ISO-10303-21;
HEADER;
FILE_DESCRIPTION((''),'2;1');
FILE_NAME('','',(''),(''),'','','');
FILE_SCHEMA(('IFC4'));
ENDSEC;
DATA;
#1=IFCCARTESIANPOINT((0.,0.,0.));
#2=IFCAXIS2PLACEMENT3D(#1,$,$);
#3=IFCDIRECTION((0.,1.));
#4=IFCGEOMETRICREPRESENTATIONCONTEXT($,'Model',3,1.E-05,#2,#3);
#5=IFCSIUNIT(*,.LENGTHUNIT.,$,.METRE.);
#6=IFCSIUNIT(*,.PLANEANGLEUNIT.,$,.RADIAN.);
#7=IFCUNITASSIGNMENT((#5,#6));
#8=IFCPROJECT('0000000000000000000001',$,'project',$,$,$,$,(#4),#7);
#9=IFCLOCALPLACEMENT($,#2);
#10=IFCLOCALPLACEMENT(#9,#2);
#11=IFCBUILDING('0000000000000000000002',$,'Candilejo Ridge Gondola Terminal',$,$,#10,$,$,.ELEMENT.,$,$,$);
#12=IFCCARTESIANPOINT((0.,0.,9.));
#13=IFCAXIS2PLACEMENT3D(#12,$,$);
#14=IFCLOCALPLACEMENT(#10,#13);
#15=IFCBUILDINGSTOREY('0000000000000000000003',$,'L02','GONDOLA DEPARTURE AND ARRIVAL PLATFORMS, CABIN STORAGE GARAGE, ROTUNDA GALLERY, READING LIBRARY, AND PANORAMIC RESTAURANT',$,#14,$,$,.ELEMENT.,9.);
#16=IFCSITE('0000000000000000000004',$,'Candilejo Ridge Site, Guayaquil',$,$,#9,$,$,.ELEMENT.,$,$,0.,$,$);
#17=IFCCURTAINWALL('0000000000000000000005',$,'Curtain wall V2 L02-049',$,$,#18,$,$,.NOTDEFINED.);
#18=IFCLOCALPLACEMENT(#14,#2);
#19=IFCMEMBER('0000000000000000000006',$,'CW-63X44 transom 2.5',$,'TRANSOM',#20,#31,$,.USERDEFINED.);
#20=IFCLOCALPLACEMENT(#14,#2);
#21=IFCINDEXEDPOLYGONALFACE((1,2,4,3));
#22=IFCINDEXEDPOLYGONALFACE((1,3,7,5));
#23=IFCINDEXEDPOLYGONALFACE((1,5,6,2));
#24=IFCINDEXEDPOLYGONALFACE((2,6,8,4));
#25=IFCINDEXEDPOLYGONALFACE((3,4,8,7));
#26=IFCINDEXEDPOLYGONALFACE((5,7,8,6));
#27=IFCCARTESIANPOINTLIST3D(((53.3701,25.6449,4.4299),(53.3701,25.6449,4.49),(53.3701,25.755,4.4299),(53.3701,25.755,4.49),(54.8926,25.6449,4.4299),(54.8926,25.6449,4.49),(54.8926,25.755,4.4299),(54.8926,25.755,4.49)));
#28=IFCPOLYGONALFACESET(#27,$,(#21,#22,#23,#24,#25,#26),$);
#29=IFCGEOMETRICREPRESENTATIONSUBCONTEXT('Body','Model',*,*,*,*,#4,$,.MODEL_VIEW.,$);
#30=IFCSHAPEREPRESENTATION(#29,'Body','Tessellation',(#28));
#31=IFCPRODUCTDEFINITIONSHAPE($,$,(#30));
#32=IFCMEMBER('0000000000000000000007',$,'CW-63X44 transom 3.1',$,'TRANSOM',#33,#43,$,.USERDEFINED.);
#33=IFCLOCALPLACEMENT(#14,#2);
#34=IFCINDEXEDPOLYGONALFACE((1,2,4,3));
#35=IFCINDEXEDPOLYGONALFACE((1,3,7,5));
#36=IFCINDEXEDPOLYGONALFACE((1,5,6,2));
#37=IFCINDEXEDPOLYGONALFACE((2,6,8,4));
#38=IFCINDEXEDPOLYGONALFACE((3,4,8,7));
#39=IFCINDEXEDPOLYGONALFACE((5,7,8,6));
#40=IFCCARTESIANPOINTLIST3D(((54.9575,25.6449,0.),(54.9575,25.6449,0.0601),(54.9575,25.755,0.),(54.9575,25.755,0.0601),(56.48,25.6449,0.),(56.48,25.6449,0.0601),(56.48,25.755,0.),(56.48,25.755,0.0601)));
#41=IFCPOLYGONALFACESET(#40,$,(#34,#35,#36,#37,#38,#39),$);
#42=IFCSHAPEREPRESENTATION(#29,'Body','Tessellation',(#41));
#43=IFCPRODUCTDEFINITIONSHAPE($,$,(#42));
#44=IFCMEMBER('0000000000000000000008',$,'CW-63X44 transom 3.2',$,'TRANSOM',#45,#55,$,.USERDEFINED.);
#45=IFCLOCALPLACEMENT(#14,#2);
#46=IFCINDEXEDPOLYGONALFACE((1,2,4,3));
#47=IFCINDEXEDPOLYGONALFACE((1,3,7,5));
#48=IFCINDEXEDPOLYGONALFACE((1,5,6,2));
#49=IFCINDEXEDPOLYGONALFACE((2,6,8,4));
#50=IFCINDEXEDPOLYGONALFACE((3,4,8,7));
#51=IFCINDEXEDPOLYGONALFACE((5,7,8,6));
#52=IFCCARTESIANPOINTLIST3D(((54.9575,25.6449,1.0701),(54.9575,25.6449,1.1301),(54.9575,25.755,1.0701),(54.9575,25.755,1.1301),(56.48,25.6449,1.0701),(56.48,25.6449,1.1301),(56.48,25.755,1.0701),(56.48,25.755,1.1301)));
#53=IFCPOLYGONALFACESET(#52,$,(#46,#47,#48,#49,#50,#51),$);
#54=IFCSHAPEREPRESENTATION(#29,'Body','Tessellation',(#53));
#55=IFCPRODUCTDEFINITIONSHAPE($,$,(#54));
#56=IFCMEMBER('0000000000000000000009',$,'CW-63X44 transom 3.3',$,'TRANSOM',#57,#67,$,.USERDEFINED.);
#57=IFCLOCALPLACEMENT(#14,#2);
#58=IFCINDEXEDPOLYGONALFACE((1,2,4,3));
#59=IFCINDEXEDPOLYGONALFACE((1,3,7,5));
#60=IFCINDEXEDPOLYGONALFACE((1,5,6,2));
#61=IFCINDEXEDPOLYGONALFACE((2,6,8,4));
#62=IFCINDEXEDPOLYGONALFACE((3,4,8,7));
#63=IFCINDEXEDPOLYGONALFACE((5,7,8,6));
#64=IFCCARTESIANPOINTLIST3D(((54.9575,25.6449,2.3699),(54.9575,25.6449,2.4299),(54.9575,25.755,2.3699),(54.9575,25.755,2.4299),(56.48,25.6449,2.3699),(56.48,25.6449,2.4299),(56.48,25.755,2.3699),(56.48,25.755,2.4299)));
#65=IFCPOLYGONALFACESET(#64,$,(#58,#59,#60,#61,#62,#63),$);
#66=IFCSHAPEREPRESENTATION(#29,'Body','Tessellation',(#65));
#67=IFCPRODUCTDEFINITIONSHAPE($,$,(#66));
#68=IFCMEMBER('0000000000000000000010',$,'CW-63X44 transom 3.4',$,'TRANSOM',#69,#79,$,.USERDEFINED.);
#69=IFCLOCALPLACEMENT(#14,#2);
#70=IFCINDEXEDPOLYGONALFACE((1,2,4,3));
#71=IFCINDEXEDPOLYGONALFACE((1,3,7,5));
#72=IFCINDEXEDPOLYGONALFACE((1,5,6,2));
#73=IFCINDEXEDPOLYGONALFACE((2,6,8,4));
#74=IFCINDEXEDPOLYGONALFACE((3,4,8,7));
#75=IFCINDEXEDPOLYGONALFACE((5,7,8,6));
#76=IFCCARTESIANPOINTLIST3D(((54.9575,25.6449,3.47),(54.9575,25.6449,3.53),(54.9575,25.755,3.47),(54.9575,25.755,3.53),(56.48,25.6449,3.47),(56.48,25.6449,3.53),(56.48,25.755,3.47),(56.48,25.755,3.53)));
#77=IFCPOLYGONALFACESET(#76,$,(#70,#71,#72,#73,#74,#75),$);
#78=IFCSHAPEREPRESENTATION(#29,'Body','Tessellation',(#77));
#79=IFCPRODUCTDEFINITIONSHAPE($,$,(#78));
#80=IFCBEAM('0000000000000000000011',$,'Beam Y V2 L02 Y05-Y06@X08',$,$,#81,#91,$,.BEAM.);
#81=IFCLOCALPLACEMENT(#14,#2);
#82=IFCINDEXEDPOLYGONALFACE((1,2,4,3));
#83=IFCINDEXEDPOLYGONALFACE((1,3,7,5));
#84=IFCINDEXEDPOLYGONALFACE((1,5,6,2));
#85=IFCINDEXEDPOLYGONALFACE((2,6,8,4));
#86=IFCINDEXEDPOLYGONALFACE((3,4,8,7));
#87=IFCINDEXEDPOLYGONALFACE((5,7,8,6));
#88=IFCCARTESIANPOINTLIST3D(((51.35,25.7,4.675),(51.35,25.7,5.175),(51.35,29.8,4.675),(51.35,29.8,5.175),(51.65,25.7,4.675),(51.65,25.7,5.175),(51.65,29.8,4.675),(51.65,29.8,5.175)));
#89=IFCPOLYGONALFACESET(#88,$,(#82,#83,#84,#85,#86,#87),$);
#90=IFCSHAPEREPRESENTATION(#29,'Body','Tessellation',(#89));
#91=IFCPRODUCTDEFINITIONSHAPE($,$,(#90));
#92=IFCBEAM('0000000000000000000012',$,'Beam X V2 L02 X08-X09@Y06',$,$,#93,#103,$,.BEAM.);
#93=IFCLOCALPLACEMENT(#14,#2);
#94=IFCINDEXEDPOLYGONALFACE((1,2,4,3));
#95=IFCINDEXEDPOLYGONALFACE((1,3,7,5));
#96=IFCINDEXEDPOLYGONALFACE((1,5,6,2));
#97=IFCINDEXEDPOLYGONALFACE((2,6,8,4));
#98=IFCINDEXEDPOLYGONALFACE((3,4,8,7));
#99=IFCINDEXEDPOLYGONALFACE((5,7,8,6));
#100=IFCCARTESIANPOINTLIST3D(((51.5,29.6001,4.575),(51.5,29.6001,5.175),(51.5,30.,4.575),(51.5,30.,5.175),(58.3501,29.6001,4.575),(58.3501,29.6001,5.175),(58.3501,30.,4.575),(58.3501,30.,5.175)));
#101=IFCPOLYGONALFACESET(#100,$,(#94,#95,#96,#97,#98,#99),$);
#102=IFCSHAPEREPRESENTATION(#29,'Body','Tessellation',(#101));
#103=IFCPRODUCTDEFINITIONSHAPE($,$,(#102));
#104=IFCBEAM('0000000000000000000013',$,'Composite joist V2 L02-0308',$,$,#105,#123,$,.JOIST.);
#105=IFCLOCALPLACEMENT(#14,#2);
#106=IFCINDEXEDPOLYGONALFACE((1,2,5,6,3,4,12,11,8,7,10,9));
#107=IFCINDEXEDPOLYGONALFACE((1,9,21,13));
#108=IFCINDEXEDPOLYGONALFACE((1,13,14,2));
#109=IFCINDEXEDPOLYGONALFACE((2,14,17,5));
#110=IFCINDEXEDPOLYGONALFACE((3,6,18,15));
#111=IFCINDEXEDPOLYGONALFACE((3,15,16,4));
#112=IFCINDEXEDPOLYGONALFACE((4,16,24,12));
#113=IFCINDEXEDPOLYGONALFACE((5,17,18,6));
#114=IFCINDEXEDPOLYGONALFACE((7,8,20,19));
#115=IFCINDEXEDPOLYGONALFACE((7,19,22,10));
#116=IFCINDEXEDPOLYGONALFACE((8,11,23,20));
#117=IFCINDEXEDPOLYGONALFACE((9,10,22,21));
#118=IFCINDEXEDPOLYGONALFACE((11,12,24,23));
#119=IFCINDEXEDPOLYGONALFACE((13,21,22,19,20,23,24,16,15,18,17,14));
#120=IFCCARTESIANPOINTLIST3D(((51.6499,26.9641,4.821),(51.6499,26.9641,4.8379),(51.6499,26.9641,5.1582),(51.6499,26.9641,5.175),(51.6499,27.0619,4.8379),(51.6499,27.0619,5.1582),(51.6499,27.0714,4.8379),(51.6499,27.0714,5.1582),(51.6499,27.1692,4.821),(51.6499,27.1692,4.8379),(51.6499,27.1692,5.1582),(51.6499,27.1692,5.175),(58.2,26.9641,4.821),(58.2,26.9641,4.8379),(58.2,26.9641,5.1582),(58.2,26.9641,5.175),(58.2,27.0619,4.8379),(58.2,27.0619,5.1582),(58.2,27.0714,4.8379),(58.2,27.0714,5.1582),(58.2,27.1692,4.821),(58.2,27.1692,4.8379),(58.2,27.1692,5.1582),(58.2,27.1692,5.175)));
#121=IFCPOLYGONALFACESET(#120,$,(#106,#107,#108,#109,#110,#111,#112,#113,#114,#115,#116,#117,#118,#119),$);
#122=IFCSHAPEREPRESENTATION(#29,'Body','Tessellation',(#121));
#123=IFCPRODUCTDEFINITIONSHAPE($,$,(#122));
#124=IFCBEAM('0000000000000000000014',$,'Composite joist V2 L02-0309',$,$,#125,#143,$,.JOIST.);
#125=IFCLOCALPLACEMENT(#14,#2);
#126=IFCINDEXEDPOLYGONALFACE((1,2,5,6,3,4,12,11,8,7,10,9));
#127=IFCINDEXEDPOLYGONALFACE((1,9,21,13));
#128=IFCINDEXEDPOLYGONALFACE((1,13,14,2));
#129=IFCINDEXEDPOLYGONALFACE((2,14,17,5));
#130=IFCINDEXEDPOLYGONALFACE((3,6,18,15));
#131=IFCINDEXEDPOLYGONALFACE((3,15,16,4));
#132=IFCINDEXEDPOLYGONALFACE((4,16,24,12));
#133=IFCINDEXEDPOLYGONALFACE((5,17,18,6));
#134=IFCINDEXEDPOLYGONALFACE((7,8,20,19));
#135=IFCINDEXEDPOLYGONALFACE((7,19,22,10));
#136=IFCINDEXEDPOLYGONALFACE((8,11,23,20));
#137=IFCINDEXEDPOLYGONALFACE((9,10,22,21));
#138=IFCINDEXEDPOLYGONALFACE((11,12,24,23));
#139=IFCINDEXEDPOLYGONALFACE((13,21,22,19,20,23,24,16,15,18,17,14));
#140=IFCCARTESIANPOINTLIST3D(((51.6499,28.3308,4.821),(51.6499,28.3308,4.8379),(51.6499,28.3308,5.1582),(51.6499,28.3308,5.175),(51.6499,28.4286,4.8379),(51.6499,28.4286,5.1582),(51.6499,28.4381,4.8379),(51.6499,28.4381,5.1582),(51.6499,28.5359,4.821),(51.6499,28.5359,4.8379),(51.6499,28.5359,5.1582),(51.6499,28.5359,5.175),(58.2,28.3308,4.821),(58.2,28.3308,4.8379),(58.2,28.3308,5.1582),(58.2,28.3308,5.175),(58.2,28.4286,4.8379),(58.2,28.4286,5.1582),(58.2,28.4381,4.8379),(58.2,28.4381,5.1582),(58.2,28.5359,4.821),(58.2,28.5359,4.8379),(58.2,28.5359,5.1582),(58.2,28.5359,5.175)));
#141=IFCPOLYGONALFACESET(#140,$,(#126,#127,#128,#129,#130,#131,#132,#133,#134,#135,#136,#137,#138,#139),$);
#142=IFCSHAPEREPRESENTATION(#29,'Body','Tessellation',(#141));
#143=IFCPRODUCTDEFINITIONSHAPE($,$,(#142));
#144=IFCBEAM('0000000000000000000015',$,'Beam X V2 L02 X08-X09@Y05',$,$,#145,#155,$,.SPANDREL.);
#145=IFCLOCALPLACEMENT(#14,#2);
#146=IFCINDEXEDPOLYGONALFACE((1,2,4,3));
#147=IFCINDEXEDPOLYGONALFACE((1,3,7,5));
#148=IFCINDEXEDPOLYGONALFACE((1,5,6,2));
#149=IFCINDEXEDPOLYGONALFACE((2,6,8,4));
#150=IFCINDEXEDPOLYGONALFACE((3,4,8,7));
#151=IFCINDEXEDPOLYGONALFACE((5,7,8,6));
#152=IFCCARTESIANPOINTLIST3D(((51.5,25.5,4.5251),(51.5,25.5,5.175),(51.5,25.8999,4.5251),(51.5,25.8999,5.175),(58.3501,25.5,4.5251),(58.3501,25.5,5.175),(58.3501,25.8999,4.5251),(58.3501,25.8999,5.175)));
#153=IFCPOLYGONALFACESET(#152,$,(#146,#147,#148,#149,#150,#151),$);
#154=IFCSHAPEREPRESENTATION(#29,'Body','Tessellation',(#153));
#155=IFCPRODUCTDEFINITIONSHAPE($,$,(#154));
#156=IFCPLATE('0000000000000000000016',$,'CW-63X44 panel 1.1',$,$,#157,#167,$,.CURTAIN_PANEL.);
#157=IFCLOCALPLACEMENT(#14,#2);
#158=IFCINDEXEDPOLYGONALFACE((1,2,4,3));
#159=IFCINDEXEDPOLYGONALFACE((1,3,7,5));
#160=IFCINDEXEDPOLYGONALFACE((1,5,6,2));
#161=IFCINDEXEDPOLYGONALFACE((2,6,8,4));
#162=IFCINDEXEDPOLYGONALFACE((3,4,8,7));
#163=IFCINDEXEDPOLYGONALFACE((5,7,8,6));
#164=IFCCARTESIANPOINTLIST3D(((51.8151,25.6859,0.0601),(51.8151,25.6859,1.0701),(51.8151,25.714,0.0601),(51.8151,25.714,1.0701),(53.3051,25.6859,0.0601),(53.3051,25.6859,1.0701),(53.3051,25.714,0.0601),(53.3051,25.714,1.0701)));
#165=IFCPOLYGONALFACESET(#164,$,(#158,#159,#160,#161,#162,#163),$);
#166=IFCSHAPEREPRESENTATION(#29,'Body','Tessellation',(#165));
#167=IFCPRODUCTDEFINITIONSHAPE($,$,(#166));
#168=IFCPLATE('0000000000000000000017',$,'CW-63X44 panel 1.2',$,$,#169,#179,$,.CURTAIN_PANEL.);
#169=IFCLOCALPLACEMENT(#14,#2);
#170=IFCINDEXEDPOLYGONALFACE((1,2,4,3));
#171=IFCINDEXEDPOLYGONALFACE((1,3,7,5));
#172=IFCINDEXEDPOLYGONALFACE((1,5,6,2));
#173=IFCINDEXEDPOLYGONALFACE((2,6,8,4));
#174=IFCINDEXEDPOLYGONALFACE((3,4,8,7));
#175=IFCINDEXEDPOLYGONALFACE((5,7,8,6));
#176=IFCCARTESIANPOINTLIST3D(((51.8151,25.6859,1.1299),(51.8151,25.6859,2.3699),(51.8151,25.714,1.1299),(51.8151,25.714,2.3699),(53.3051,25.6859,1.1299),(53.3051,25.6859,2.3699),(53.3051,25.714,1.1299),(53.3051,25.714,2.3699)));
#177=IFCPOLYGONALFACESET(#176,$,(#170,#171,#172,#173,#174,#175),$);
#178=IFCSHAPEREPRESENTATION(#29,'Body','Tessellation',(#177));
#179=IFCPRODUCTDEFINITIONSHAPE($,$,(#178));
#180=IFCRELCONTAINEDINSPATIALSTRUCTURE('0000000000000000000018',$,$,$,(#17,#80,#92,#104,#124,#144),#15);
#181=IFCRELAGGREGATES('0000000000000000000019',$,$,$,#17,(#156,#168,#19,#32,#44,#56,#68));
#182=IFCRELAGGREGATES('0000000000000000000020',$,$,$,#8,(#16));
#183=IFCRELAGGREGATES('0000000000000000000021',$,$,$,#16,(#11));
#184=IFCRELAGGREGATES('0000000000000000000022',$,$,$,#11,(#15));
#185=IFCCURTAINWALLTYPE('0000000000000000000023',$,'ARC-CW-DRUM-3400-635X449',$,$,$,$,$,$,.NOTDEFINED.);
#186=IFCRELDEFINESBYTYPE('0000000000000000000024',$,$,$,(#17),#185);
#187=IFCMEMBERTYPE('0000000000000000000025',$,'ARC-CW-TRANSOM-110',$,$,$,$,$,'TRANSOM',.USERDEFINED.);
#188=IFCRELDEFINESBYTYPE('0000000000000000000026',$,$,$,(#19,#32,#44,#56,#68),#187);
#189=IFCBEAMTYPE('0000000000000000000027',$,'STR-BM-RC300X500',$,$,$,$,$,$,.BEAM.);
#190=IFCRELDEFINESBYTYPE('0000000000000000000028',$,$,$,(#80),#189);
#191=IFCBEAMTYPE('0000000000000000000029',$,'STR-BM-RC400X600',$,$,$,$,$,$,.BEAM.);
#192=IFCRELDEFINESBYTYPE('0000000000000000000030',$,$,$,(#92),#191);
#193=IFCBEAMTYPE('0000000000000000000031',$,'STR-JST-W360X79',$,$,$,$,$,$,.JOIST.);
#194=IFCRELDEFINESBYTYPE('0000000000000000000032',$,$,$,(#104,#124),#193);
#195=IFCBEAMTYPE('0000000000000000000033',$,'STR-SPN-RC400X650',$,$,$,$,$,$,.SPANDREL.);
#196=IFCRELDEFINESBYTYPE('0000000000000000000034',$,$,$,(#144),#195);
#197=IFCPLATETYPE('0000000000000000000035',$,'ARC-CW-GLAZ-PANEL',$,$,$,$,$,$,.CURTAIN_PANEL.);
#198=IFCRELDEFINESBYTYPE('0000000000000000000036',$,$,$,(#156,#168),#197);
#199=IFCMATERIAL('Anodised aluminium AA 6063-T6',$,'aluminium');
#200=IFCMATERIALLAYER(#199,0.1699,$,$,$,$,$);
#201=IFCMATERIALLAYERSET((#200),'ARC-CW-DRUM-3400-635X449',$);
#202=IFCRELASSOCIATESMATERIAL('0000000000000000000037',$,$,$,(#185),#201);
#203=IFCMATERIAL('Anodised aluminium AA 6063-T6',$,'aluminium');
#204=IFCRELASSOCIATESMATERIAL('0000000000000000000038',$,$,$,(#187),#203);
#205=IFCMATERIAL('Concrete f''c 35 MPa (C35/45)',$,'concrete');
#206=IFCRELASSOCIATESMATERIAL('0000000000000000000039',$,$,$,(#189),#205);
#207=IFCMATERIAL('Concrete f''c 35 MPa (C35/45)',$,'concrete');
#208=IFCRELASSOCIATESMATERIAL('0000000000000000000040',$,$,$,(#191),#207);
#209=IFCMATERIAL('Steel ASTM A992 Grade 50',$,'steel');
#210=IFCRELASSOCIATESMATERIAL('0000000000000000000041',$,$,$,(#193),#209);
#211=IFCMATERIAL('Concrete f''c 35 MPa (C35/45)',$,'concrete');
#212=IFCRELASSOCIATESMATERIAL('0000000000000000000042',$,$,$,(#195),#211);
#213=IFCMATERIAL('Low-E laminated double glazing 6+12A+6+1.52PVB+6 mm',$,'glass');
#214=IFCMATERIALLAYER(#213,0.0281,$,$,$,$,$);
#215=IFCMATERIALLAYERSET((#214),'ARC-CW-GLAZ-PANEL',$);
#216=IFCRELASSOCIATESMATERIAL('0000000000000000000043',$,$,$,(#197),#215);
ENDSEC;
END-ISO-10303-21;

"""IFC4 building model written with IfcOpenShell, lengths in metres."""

from ifc_helpers import new_model, si_unit, direction, frame, origin, origin_2d, place, context, subcontext, project, spatial, rectangle, i_section, extrude, material, layer, layer_set, material_profile, profile_set, type_object, element, aggregate, save


model = new_model("IFC4")

# Units and contexts
model_context = context("Model", 3, precision=1e-05, world=origin(), true_north=direction((0.0, 1.0)))
body_context = subcontext(model_context, "Body", "Model", "MODEL_VIEW")
ifc_project = project(units=[si_unit("LENGTHUNIT", "METRE"), si_unit("PLANEANGLEUNIT", "RADIAN")], contexts=[model_context])

# Site, building, storey
site_placement = place(None, origin())
site = spatial("IfcSite", under=ifc_project, at=site_placement, Name="Candilejo Ridge Site, Guayaquil", CompositionType="ELEMENT", RefElevation=0.0)
building_placement = place(site_placement, origin())
building = spatial("IfcBuilding", under=site, at=building_placement, Name="Candilejo Ridge Gondola Terminal", CompositionType="ELEMENT")
storey_placement = place(building_placement, frame((0.0, 0.0, 9.0)))
storey = spatial("IfcBuildingStorey", under=building, at=storey_placement, Name="L02", Description="GONDOLA DEPARTURE AND ARRIVAL PLATFORMS, CABIN STORAGE GARAGE, ROTUNDA GALLERY, READING LIBRARY, AND PANORAMIC RESTAURANT", CompositionType="ELEMENT", Elevation=9.0)

# Shared definitions
ifc_material_1 = material(Name="Anodised aluminium AA 6063-T6", Category="aluminium")
ifc_layer_1 = layer(ifc_material_1, 0.1699)
ifc_layer_set_1 = layer_set([ifc_layer_1], Name="ARC-CW-DRUM-3400-635X449")
curtain_wall_type = type_object("IfcCurtainWallType", Name="ARC-CW-DRUM-3400-635X449", PredefinedType="NOTDEFINED", material=ifc_layer_set_1)

# Curtain wall, members
curtain_wall_1_placement = place(storey_placement, origin())
curtain_wall_1 = element("IfcCurtainWall", 1, at=curtain_wall_1_placement, inside=storey, type_object=curtain_wall_type, Name="Curtain wall V2 L02-049", PredefinedType="NOTDEFINED")
ifc_material_2 = material(Name="Anodised aluminium AA 6063-T6", Category="aluminium")
ifc_material_profile_1 = material_profile(ifc_material_2, rectangle(XDim=0.1101, YDim=0.0601, at=origin_2d()))
ifc_profile_set_1 = profile_set([ifc_material_profile_1], Name="Anodised aluminium AA 6063-T6")
member_type_1 = type_object("IfcMemberType", Name="ARC-CW-TRANSOM-110", ElementType="TRANSOM", PredefinedType="USERDEFINED", material=ifc_profile_set_1)
member_1_placement = place(storey_placement, frame((53.3701, 25.7, 4.46), z_axis=(1.0, 0.0, 0.0), x_axis=(0.0, 1.0, 0.0)))
member_1 = element("IfcMember", 2, at=member_1_placement, type_object=member_type_1, Name="CW-63X44 transom 2.5", ObjectType="TRANSOM", PredefinedType="USERDEFINED", context=body_context, shape_type="SweptSolid", body=[
    extrude(rectangle(XDim=0.1101, YDim=0.0601, at=origin_2d()), origin(), (0.0, 0.0, 1.0), 1.5225),
])
member_2_placement = place(storey_placement, frame((54.9575, 25.7, 0.03), z_axis=(1.0, 0.0, 0.0), x_axis=(0.0, 1.0, 0.0)))
member_2 = element("IfcMember", 3, at=member_2_placement, type_object=member_type_1, Name="CW-63X44 transom 3.1", ObjectType="TRANSOM", PredefinedType="USERDEFINED", context=body_context, shape_type="SweptSolid", body=[
    extrude(rectangle(XDim=0.1101, YDim=0.0601, at=origin_2d()), origin(), (0.0, 0.0, 1.0), 1.5225),
])
member_3_placement = place(storey_placement, frame((54.9575, 25.7, 1.1001), z_axis=(1.0, 0.0, 0.0), x_axis=(0.0, 1.0, 0.0)))
member_3 = element("IfcMember", 4, at=member_3_placement, type_object=member_type_1, Name="CW-63X44 transom 3.2", ObjectType="TRANSOM", PredefinedType="USERDEFINED", context=body_context, shape_type="SweptSolid", body=[
    extrude(rectangle(XDim=0.1101, YDim=0.0601, at=origin_2d()), origin(), (0.0, 0.0, 1.0), 1.5225),
])
member_4_placement = place(storey_placement, frame((54.9575, 25.7, 2.3999), z_axis=(1.0, 0.0, 0.0), x_axis=(0.0, 1.0, 0.0)))
member_4 = element("IfcMember", 5, at=member_4_placement, type_object=member_type_1, Name="CW-63X44 transom 3.3", ObjectType="TRANSOM", PredefinedType="USERDEFINED", context=body_context, shape_type="SweptSolid", body=[
    extrude(rectangle(XDim=0.1101, YDim=0.0601, at=origin_2d()), origin(), (0.0, 0.0, 1.0), 1.5225),
])
member_5_placement = place(storey_placement, frame((54.9575, 25.7, 3.5), z_axis=(1.0, 0.0, 0.0), x_axis=(0.0, 1.0, 0.0)))
member_5 = element("IfcMember", 6, at=member_5_placement, type_object=member_type_1, Name="CW-63X44 transom 3.4", ObjectType="TRANSOM", PredefinedType="USERDEFINED", context=body_context, shape_type="SweptSolid", body=[
    extrude(rectangle(XDim=0.1101, YDim=0.0601, at=origin_2d()), origin(), (0.0, 0.0, 1.0), 1.5225),
])

# Beams
ifc_material_3 = material(Name="Concrete f'c 35 MPa (C35/45)", Category="concrete")
ifc_material_profile_2 = material_profile(ifc_material_3, rectangle(XDim=0.3, YDim=0.5, at=origin_2d()))
ifc_profile_set_2 = profile_set([ifc_material_profile_2], Name="Concrete f'c 35 MPa (C35/45)")
beam_type_1 = type_object("IfcBeamType", Name="STR-BM-RC300X500", PredefinedType="BEAM", material=ifc_profile_set_2)
beam_1_placement = place(storey_placement, frame((51.5, 25.7, 4.925), z_axis=(0.0, 1.0, 0.0), x_axis=(-1.0, 0.0, 0.0)))
element("IfcBeam", 7, at=beam_1_placement, inside=storey, type_object=beam_type_1, Name="Beam Y V2 L02 Y05-Y06@X08", PredefinedType="BEAM", context=body_context, shape_type="SweptSolid", body=[
    extrude(rectangle(XDim=0.3, YDim=0.5, at=origin_2d()), origin(), (0.0, 0.0, 1.0), 4.1001),
])
ifc_material_4 = material(Name="Concrete f'c 35 MPa (C35/45)", Category="concrete")
ifc_material_profile_3 = material_profile(ifc_material_4, rectangle(XDim=0.3999, YDim=0.6001, at=origin_2d()))
ifc_profile_set_3 = profile_set([ifc_material_profile_3], Name="Concrete f'c 35 MPa (C35/45)")
beam_type_2 = type_object("IfcBeamType", Name="STR-BM-RC400X600", PredefinedType="BEAM", material=ifc_profile_set_3)
beam_2_placement = place(storey_placement, frame((51.5, 29.8, 4.875), z_axis=(1.0, 0.0, 0.0), x_axis=(0.0, 1.0, 0.0)))
element("IfcBeam", 8, at=beam_2_placement, inside=storey, type_object=beam_type_2, Name="Beam X V2 L02 X08-X09@Y06", PredefinedType="BEAM", context=body_context, shape_type="SweptSolid", body=[
    extrude(rectangle(XDim=0.3999, YDim=0.6001, at=origin_2d()), origin(), (0.0, 0.0, 1.0), 6.8501),
])
ifc_material_5 = material(Name="Steel ASTM A992 Grade 50", Category="steel")
ifc_material_profile_4 = material_profile(ifc_material_5, i_section(OverallWidth=0.2051, OverallDepth=0.354, WebThickness=0.0095, FlangeThickness=0.0168, at=origin_2d()))
ifc_profile_set_4 = profile_set([ifc_material_profile_4], Name="Steel ASTM A992 Grade 50")
beam_type_3 = type_object("IfcBeamType", Name="STR-JST-W360X79", PredefinedType="JOIST", material=ifc_profile_set_4)
for number, where, z_axis, x_axis, name in (
    (9, (51.6499, 27.0667, 4.998), (1.0, 0.0, 0.0), (0.0, 1.0, 0.0), "Composite joist V2 L02-0308"),
    (10, (51.6499, 28.4333, 4.998), (1.0, 0.0, 0.0), (0.0, 1.0, 0.0), "Composite joist V2 L02-0309"),
):
    element("IfcBeam", number, at=place(storey_placement, frame(where, z_axis=z_axis, x_axis=x_axis)), inside=storey, type_object=beam_type_3, Name=name, PredefinedType="JOIST", context=body_context, shape_type="SweptSolid", body=[
        extrude(i_section(OverallWidth=0.2051, OverallDepth=0.354, WebThickness=0.0095, FlangeThickness=0.0168, at=origin_2d()), origin(), (0.0, 0.0, 1.0), 6.55),
    ])
ifc_material_6 = material(Name="Concrete f'c 35 MPa (C35/45)", Category="concrete")
ifc_material_profile_5 = material_profile(ifc_material_6, rectangle(XDim=0.3999, YDim=0.6499, at=origin_2d()))
ifc_profile_set_5 = profile_set([ifc_material_profile_5], Name="Concrete f'c 35 MPa (C35/45)")
beam_type_4 = type_object("IfcBeamType", Name="STR-SPN-RC400X650", PredefinedType="SPANDREL", material=ifc_profile_set_5)
beam_3_placement = place(storey_placement, frame((51.5, 25.7, 4.8501), z_axis=(1.0, 0.0, 0.0), x_axis=(0.0, 1.0, 0.0)))
element("IfcBeam", 11, at=beam_3_placement, inside=storey, type_object=beam_type_4, Name="Beam X V2 L02 X08-X09@Y05", PredefinedType="SPANDREL", context=body_context, shape_type="SweptSolid", body=[
    extrude(rectangle(XDim=0.3999, YDim=0.6499, at=origin_2d()), origin(), (0.0, 0.0, 1.0), 6.8501),
])

# Plates
ifc_material_7 = material(Name="Low-E laminated double glazing 6+12A+6+1.52PVB+6 mm", Category="glass")
ifc_layer_2 = layer(ifc_material_7, 0.0281)
ifc_layer_set_2 = layer_set([ifc_layer_2], Name="ARC-CW-GLAZ-PANEL")
plate_type = type_object("IfcPlateType", Name="ARC-CW-GLAZ-PANEL", PredefinedType="CURTAIN_PANEL", material=ifc_layer_set_2)
plate_1_placement = place(storey_placement, frame((52.5601, 25.7, 0.0601), z_axis=(0.0, 0.0, 1.0), x_axis=(1.0, 0.0, 0.0)))
plate_1 = element("IfcPlate", 12, at=plate_1_placement, type_object=plate_type, Name="CW-63X44 panel 1.1", PredefinedType="CURTAIN_PANEL", context=body_context, shape_type="SweptSolid", body=[
    extrude(rectangle(XDim=1.49, YDim=0.0281, at=origin_2d()), origin(), (0.0, 0.0, 1.0), 1.01),
])
plate_2_placement = place(storey_placement, frame((52.5601, 25.7, 1.1299), z_axis=(0.0, 0.0, 1.0), x_axis=(1.0, 0.0, 0.0)))
plate_2 = element("IfcPlate", 13, at=plate_2_placement, type_object=plate_type, Name="CW-63X44 panel 1.2", PredefinedType="CURTAIN_PANEL", context=body_context, shape_type="SweptSolid", body=[
    extrude(rectangle(XDim=1.49, YDim=0.0281, at=origin_2d()), origin(), (0.0, 0.0, 1.0), 1.24),
])
aggregate(curtain_wall_1, [plate_1, plate_2, member_1, member_2, member_3, member_4, member_5])

save(model, "model.ifc")
